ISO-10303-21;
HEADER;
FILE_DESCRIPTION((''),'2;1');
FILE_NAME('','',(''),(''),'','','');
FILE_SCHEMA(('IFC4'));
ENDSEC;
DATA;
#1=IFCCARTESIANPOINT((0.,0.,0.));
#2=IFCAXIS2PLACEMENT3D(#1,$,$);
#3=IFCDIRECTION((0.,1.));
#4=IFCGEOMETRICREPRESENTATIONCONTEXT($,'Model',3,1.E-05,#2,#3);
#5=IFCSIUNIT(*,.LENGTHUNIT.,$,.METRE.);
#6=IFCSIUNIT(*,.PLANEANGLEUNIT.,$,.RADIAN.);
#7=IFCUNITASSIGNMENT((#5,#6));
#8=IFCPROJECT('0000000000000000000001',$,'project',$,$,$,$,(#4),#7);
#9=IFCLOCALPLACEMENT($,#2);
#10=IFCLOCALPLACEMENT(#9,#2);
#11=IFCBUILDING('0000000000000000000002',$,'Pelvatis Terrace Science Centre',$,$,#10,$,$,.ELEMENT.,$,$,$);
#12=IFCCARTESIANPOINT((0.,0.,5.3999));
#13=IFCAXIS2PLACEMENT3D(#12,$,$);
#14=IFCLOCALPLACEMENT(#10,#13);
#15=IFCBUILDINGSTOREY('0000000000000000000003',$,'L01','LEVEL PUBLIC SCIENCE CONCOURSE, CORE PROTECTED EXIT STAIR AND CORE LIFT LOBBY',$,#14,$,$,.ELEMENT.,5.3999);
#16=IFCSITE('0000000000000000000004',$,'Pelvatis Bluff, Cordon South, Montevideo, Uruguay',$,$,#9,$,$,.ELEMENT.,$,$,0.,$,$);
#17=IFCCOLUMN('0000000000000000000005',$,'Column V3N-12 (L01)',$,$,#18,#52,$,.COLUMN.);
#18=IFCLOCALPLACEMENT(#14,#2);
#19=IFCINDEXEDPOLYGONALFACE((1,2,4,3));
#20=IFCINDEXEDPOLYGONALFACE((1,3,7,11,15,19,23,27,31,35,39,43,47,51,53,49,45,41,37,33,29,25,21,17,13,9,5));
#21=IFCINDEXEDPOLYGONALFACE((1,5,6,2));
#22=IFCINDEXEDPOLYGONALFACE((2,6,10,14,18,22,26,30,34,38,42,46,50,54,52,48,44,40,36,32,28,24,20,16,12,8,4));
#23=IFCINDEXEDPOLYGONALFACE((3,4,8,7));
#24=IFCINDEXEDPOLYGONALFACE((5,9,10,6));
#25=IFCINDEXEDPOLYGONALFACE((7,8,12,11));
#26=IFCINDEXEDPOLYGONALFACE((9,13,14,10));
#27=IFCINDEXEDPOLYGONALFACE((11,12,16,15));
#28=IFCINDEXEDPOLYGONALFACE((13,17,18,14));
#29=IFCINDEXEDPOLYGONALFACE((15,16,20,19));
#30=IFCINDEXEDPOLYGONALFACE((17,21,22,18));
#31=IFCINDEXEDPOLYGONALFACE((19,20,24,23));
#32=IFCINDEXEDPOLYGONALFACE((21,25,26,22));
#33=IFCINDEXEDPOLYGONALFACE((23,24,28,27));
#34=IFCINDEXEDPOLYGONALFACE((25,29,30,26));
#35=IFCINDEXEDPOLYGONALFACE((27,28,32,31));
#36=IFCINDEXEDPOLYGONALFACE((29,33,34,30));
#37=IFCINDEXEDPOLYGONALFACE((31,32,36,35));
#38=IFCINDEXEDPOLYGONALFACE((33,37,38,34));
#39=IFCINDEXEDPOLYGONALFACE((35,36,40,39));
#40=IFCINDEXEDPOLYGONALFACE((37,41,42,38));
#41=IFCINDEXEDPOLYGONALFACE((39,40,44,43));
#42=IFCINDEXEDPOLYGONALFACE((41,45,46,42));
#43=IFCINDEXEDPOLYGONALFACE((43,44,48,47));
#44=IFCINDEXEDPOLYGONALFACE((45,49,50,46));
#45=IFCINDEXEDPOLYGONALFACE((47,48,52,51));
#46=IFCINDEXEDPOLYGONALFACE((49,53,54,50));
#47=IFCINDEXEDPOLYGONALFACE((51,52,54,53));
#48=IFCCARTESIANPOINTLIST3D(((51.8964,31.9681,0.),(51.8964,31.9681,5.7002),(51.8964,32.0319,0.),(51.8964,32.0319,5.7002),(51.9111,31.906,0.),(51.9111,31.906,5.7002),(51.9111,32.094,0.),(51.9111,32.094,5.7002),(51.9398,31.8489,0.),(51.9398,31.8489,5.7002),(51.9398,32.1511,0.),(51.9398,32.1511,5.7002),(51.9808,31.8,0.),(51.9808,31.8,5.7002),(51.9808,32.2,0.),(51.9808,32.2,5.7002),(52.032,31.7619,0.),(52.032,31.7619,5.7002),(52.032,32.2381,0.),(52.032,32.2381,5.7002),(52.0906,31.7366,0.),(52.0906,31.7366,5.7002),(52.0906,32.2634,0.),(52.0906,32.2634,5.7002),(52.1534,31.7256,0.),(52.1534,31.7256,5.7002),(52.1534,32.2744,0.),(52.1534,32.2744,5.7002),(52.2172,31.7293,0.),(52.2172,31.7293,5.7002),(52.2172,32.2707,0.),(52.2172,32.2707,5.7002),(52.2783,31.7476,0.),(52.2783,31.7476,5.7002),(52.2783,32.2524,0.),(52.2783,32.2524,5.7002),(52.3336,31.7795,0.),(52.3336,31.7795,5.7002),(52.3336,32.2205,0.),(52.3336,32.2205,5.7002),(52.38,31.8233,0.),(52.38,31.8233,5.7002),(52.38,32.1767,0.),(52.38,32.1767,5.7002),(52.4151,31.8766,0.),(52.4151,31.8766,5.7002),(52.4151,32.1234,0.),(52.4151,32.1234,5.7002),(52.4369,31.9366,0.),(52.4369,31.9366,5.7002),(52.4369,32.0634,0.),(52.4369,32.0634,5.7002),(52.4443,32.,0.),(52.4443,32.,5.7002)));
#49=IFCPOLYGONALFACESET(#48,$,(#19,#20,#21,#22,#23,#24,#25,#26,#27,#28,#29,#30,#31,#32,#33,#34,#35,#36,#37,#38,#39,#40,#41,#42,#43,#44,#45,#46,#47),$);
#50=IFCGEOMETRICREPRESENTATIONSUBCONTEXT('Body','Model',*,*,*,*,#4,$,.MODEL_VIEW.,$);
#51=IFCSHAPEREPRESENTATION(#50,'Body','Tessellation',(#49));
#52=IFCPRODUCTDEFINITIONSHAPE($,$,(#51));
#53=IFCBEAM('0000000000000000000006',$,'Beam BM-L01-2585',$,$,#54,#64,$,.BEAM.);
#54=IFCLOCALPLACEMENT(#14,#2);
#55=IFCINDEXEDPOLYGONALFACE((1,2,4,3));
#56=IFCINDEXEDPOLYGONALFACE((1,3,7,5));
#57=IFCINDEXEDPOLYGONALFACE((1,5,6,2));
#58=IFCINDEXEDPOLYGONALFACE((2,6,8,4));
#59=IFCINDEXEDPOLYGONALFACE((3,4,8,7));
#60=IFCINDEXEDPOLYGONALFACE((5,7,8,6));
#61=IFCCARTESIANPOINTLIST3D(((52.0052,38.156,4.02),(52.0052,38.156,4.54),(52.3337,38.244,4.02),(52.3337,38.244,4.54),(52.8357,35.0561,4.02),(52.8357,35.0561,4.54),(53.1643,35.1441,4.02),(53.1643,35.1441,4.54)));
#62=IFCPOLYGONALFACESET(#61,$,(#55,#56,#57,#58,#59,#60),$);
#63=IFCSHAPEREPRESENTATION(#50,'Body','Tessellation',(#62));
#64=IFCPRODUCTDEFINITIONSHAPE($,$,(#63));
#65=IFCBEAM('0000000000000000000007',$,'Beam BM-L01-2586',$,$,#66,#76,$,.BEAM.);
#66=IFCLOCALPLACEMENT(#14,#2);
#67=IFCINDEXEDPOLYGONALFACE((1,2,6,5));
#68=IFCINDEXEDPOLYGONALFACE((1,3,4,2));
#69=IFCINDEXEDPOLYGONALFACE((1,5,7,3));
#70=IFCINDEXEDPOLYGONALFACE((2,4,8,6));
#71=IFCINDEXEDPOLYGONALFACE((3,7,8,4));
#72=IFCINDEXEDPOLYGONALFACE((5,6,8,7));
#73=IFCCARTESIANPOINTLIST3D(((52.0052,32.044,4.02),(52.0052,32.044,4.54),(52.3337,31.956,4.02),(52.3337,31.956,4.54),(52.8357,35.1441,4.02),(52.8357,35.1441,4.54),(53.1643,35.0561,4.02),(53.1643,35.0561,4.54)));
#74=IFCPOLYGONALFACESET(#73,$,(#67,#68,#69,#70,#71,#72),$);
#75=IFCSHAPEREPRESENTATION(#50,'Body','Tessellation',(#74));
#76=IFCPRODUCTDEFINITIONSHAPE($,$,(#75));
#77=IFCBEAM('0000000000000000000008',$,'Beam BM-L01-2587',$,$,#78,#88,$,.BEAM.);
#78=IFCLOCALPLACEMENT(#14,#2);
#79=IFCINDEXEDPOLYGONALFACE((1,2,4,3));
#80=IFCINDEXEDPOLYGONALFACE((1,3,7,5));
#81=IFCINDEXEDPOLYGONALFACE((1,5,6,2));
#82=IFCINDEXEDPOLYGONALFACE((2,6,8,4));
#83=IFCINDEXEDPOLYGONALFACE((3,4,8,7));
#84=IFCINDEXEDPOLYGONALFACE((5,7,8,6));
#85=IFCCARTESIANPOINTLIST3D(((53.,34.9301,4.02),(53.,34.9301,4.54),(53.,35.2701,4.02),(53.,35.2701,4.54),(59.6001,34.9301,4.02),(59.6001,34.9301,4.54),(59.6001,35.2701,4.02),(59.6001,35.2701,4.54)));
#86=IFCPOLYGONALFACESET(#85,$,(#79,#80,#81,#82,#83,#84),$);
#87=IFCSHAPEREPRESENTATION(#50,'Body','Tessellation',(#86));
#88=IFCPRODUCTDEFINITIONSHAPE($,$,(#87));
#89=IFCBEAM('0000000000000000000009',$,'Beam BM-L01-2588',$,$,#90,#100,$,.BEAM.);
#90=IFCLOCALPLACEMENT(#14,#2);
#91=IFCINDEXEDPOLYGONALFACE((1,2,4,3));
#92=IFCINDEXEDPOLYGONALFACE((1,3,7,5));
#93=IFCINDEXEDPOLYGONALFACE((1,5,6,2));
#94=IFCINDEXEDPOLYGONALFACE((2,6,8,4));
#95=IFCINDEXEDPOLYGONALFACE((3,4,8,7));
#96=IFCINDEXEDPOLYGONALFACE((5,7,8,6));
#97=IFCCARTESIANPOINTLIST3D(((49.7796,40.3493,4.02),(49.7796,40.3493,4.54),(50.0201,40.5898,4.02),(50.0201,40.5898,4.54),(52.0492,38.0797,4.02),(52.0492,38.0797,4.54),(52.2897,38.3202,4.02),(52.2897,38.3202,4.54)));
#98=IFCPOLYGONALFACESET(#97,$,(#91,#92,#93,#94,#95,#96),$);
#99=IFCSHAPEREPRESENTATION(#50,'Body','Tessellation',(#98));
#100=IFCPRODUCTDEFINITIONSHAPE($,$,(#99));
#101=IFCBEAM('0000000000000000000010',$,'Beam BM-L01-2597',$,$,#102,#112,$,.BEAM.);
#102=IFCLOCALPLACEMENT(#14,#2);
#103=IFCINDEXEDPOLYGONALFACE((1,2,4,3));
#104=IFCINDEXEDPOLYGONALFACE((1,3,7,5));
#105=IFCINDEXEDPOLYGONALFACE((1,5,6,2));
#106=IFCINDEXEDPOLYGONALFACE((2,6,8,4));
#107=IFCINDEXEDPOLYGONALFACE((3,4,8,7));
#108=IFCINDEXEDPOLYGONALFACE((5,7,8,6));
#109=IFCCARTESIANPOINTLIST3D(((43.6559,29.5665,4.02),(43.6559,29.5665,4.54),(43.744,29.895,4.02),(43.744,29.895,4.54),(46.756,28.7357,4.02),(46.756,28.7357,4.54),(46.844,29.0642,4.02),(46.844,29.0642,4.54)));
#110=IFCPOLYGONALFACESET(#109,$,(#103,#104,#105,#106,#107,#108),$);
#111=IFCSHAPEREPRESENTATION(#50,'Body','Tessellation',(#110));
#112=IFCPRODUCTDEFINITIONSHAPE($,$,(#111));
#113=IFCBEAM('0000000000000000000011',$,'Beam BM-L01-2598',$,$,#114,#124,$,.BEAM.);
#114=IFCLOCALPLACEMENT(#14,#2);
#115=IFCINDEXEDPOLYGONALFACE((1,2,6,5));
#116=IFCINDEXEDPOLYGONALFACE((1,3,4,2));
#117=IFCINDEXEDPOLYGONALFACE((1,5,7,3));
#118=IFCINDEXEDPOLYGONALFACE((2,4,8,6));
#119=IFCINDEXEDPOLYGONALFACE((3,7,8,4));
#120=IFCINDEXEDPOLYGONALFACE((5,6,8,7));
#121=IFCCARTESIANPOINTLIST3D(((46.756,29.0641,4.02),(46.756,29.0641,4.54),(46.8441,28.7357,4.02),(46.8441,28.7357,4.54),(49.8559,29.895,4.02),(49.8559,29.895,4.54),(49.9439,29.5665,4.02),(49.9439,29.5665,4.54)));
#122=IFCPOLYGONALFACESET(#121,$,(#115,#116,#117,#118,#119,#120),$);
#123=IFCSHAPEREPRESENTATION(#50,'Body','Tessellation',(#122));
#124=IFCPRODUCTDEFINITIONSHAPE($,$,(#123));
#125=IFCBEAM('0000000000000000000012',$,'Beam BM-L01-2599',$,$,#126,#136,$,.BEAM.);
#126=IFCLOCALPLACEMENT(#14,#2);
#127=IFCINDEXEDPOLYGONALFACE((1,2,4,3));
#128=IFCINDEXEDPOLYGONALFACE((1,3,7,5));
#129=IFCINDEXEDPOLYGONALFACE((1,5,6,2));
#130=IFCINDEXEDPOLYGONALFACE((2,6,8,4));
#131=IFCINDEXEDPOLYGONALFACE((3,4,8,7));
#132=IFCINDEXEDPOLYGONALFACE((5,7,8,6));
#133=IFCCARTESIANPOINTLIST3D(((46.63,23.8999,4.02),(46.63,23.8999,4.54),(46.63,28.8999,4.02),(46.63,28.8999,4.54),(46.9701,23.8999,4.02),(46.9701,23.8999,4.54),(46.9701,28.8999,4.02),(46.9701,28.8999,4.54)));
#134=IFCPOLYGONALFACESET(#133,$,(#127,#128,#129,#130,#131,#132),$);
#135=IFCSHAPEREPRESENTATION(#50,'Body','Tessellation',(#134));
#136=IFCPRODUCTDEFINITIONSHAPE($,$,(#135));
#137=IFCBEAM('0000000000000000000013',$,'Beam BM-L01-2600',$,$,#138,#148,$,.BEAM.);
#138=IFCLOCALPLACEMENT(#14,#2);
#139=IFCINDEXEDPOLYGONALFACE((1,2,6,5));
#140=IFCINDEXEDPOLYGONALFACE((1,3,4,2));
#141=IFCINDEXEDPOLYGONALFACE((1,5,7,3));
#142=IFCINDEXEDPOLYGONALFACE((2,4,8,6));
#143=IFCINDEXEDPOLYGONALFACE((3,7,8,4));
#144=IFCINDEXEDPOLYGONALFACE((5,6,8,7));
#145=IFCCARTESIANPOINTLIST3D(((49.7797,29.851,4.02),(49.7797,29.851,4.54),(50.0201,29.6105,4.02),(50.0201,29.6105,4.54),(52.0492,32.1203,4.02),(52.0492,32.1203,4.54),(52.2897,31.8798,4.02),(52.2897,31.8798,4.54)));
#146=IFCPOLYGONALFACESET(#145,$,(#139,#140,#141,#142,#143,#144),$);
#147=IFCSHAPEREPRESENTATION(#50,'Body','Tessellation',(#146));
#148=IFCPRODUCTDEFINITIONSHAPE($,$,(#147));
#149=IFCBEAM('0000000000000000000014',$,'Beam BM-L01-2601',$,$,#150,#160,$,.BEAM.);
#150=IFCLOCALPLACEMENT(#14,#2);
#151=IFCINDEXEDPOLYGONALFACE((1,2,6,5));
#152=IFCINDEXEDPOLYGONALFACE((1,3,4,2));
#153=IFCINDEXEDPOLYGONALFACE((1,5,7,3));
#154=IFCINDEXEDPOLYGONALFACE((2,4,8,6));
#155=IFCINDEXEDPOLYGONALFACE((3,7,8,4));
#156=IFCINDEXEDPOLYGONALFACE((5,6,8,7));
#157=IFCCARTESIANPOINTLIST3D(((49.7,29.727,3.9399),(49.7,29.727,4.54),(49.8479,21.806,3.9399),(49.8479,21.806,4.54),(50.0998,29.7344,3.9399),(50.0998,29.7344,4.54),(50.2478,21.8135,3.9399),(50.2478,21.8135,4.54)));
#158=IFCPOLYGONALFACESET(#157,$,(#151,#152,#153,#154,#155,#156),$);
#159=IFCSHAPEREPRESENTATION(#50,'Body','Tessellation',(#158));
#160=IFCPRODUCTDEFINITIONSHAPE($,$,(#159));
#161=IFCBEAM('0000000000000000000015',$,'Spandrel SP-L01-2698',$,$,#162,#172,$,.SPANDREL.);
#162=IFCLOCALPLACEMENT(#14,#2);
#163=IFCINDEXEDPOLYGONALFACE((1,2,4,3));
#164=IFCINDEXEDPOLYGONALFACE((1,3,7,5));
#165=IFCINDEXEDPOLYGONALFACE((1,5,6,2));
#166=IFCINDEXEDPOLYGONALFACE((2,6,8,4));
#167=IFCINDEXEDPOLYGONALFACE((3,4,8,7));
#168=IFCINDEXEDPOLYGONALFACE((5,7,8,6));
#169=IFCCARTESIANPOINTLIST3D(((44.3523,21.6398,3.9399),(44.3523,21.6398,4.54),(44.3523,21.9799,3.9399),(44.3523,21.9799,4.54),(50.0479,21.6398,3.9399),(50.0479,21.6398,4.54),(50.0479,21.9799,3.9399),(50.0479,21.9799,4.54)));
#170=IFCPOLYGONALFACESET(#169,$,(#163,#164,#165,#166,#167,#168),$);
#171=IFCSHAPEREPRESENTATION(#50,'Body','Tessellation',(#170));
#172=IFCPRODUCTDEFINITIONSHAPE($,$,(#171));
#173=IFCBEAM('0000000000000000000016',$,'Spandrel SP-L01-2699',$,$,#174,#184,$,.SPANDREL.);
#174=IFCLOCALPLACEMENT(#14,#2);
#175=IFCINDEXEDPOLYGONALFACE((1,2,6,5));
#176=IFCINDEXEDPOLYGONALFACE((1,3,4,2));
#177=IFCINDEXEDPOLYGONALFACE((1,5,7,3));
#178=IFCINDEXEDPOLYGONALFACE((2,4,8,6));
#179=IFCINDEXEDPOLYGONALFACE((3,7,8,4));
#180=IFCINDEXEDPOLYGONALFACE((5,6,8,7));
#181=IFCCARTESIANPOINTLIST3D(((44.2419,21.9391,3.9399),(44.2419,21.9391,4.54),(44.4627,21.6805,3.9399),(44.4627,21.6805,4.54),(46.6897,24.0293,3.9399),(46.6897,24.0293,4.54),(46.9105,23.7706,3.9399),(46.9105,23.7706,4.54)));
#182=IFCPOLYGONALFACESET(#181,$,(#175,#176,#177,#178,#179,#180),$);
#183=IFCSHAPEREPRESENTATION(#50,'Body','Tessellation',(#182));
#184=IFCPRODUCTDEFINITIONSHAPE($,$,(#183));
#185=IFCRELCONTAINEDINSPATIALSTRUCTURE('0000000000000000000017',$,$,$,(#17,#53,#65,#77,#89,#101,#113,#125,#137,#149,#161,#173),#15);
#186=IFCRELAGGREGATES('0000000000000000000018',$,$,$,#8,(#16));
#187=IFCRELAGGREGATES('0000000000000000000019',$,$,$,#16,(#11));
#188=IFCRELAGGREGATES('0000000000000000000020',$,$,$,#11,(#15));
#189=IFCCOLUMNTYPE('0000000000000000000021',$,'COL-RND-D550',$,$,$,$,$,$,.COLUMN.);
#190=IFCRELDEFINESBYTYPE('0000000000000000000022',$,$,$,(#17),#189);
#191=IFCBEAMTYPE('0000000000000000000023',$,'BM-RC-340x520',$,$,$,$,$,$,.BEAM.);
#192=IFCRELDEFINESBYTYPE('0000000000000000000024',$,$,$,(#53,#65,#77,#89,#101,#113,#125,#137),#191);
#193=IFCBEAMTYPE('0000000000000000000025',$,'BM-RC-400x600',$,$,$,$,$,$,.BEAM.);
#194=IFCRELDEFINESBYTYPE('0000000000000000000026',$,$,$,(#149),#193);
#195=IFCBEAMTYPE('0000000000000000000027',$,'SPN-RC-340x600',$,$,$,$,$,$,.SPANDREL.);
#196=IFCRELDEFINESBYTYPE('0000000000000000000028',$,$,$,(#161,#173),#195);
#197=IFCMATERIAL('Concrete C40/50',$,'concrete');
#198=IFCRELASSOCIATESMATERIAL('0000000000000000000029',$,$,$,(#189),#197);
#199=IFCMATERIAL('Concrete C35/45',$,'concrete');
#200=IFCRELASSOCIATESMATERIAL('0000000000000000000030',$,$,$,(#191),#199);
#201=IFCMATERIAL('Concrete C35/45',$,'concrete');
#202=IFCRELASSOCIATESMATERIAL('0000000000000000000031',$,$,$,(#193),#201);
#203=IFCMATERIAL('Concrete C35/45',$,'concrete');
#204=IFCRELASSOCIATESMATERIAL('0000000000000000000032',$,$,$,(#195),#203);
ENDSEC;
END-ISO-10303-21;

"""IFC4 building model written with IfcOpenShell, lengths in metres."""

from ifc_helpers import new_model, si_unit, direction, frame, origin, origin_2d, place, context, subcontext, project, spatial, rectangle, circle, extrude, material, material_profile, profile_set, type_object, element, save


model = new_model("IFC4")

# Units and contexts
model_context = context("Model", 3, precision=1e-05, world=origin(), true_north=direction((0.0, 1.0)))
body_context = subcontext(model_context, "Body", "Model", "MODEL_VIEW")
ifc_project = project(units=[si_unit("LENGTHUNIT", "METRE"), si_unit("PLANEANGLEUNIT", "RADIAN")], contexts=[model_context])

# Site, building, storey
site_placement = place(None, origin())
site = spatial("IfcSite", under=ifc_project, at=site_placement, Name="Pelvatis Bluff, Cordon South, Montevideo, Uruguay", CompositionType="ELEMENT", RefElevation=0.0)
building_placement = place(site_placement, origin())
building = spatial("IfcBuilding", under=site, at=building_placement, Name="Pelvatis Terrace Science Centre", CompositionType="ELEMENT")
storey_placement = place(building_placement, frame((0.0, 0.0, 5.3999)))
storey = spatial("IfcBuildingStorey", under=building, at=storey_placement, Name="L01", Description="LEVEL PUBLIC SCIENCE CONCOURSE, CORE PROTECTED EXIT STAIR AND CORE LIFT LOBBY", CompositionType="ELEMENT", Elevation=5.3999)

# Column
ifc_material_1 = material(Name="Concrete C40/50", Category="concrete")
ifc_material_profile_1 = material_profile(ifc_material_1, circle(Radius=0.2749, at=origin_2d()), Name="RC-RCOL D550")
ifc_profile_set_1 = profile_set([ifc_material_profile_1], Name="Concrete C40/50")
column_type_1 = type_object("IfcColumnType", Name="COL-RND-D550", PredefinedType="COLUMN", material=ifc_profile_set_1)
for number, where, z_axis, x_axis, name in (
    (1, (52.1694, 32.0, 0.0), (0.0, 0.0, 1.0), (1.0, 0.0, 0.0), "Column V3N-12 (L01)"),
):
    element("IfcColumn", number, at=place(storey_placement, frame(where, z_axis=z_axis, x_axis=x_axis)), inside=storey, type_object=column_type_1, Name=name, PredefinedType="COLUMN", context=body_context, shape_type="SweptSolid", body=[
        extrude(circle(Radius=0.2749, at=origin_2d()), origin(), (0.0, 0.0, 1.0), 5.7002),
    ])

# Beams
ifc_material_2 = material(Name="Concrete C35/45", Category="concrete")
ifc_material_profile_2 = material_profile(ifc_material_2, rectangle(XDim=0.3401, YDim=0.52, at=origin_2d()), Name="RC-BM 340x520")
ifc_profile_set_2 = profile_set([ifc_material_profile_2], Name="Concrete C35/45")
beam_type_1 = type_object("IfcBeamType", Name="BM-RC-340x520", PredefinedType="BEAM", material=ifc_profile_set_2)
beam_1_placement = place(storey_placement, frame((53.0, 35.1001, 4.28), z_axis=(-0.258808, 0.965929, 0.0), x_axis=(-0.965929, -0.258808, 0.0)))
element("IfcBeam", 2, at=beam_1_placement, inside=storey, type_object=beam_type_1, Name="Beam BM-L01-2585", PredefinedType="BEAM", context=body_context, shape_type="SweptSolid", body=[
    extrude(rectangle(XDim=0.3401, YDim=0.52, at=origin_2d()), origin(), (0.0, 0.0, 1.0), 3.2092),
])
beam_2_placement = place(storey_placement, frame((53.0, 35.1001, 4.28), z_axis=(-0.258789, -0.965934, 0.0), x_axis=(0.965934, -0.258789, 0.0)))
element("IfcBeam", 3, at=beam_2_placement, inside=storey, type_object=beam_type_1, Name="Beam BM-L01-2586", PredefinedType="BEAM", context=body_context, shape_type="SweptSolid", body=[
    extrude(rectangle(XDim=0.3401, YDim=0.52, at=origin_2d()), origin(), (0.0, 0.0, 1.0), 3.2095),
])
beam_3_placement = place(storey_placement, frame((53.0, 35.1001, 4.28), z_axis=(1.0, 0.0, 0.0), x_axis=(0.0, 1.0, 0.0)))
element("IfcBeam", 4, at=beam_3_placement, inside=storey, type_object=beam_type_1, Name="Beam BM-L01-2587", PredefinedType="BEAM", context=body_context, shape_type="SweptSolid", body=[
    extrude(rectangle(XDim=0.3401, YDim=0.52, at=origin_2d()), origin(), (0.0, 0.0, 1.0), 6.6001),
])
beam_4_placement = place(storey_placement, frame((52.1694, 38.2, 4.28), z_axis=(-0.707107, 0.707107, 0.0), x_axis=(-0.707107, -0.707107, 0.0)))
element("IfcBeam", 5, at=beam_4_placement, inside=storey, type_object=beam_type_1, Name="Beam BM-L01-2588", PredefinedType="BEAM", context=body_context, shape_type="SweptSolid", body=[
    extrude(rectangle(XDim=0.3401, YDim=0.52, at=origin_2d()), origin(), (0.0, 0.0, 1.0), 3.2097),
])
beam_5_placement = place(storey_placement, frame((43.7, 29.7307, 4.28), z_axis=(0.965915, -0.25886, 0.0), x_axis=(0.25886, 0.965915, 0.0)))
element("IfcBeam", 6, at=beam_5_placement, inside=storey, type_object=beam_type_1, Name="Beam BM-L01-2597", PredefinedType="BEAM", context=body_context, shape_type="SweptSolid", body=[
    extrude(rectangle(XDim=0.3401, YDim=0.52, at=origin_2d()), origin(), (0.0, 0.0, 1.0), 3.2095),
])
beam_6_placement = place(storey_placement, frame((46.8, 28.8999, 4.28), z_axis=(0.96591, 0.258879, 0.0), x_axis=(-0.258879, 0.96591, 0.0)))
element("IfcBeam", 7, at=beam_6_placement, inside=storey, type_object=beam_type_1, Name="Beam BM-L01-2598", PredefinedType="BEAM", context=body_context, shape_type="SweptSolid", body=[
    extrude(rectangle(XDim=0.3401, YDim=0.52, at=origin_2d()), origin(), (0.0, 0.0, 1.0), 3.2092),
])
beam_7_placement = place(storey_placement, frame((46.8, 28.8999, 4.28), z_axis=(0.0, -1.0, 0.0), x_axis=(1.0, 0.0, 0.0)))
element("IfcBeam", 8, at=beam_7_placement, inside=storey, type_object=beam_type_1, Name="Beam BM-L01-2599", PredefinedType="BEAM", context=body_context, shape_type="SweptSolid", body=[
    extrude(rectangle(XDim=0.3401, YDim=0.52, at=origin_2d()), origin(), (0.0, 0.0, 1.0), 5.0),
])
beam_8_placement = place(storey_placement, frame((49.8999, 29.7307, 4.28), z_axis=(0.707145, 0.707069, 0.0), x_axis=(-0.707069, 0.707145, 0.0)))
element("IfcBeam", 9, at=beam_8_placement, inside=storey, type_object=beam_type_1, Name="Beam BM-L01-2600", PredefinedType="BEAM", context=body_context, shape_type="SweptSolid", body=[
    extrude(rectangle(XDim=0.3401, YDim=0.52, at=origin_2d()), origin(), (0.0, 0.0, 1.0), 3.2095),
])
ifc_material_3 = material(Name="Concrete C35/45", Category="concrete")
ifc_material_profile_3 = material_profile(ifc_material_3, rectangle(XDim=0.3999, YDim=0.6001, at=origin_2d()), Name="RC-BM 400x600")
ifc_profile_set_3 = profile_set([ifc_material_profile_3], Name="Concrete C35/45")
beam_type_2 = type_object("IfcBeamType", Name="BM-RC-400x600", PredefinedType="BEAM", material=ifc_profile_set_3)
beam_9_placement = place(storey_placement, frame((49.8999, 29.7307, 4.24), z_axis=(0.018675, -0.999826, 0.0), x_axis=(0.999826, 0.018675, 0.0)))
element("IfcBeam", 10, at=beam_9_placement, inside=storey, type_object=beam_type_2, Name="Beam BM-L01-2601", PredefinedType="BEAM", context=body_context, shape_type="SweptSolid", body=[
    extrude(rectangle(XDim=0.3999, YDim=0.6001, at=origin_2d()), origin(), (0.0, 0.0, 1.0), 7.9224),
])
ifc_material_4 = material(Name="Concrete C35/45", Category="concrete")
ifc_material_profile_4 = material_profile(ifc_material_4, rectangle(XDim=0.3401, YDim=0.6001, at=origin_2d()), Name="RC-SPN 340x600")
ifc_profile_set_4 = profile_set([ifc_material_profile_4], Name="Concrete C35/45")
beam_type_3 = type_object("IfcBeamType", Name="SPN-RC-340x600", PredefinedType="SPANDREL", material=ifc_profile_set_4)
beam_10_placement = place(storey_placement, frame((44.3523, 21.8098, 4.24), z_axis=(1.0, 0.0, 0.0), x_axis=(0.0, 1.0, 0.0)))
element("IfcBeam", 11, at=beam_10_placement, inside=storey, type_object=beam_type_3, Name="Spandrel SP-L01-2698", PredefinedType="SPANDREL", context=body_context, shape_type="SweptSolid", body=[
    extrude(rectangle(XDim=0.3401, YDim=0.6001, at=origin_2d()), origin(), (0.0, 0.0, 1.0), 5.6956),
])
beam_11_placement = place(storey_placement, frame((44.3523, 21.8098, 4.24), z_axis=(0.760481, 0.64936, 0.0), x_axis=(-0.64936, 0.760481, 0.0)))
element("IfcBeam", 12, at=beam_11_placement, inside=storey, type_object=beam_type_3, Name="Spandrel SP-L01-2699", PredefinedType="SPANDREL", context=body_context, shape_type="SweptSolid", body=[
    extrude(rectangle(XDim=0.3401, YDim=0.6001, at=origin_2d()), origin(), (0.0, 0.0, 1.0), 3.2188),
])

save(model, "model.ifc")
